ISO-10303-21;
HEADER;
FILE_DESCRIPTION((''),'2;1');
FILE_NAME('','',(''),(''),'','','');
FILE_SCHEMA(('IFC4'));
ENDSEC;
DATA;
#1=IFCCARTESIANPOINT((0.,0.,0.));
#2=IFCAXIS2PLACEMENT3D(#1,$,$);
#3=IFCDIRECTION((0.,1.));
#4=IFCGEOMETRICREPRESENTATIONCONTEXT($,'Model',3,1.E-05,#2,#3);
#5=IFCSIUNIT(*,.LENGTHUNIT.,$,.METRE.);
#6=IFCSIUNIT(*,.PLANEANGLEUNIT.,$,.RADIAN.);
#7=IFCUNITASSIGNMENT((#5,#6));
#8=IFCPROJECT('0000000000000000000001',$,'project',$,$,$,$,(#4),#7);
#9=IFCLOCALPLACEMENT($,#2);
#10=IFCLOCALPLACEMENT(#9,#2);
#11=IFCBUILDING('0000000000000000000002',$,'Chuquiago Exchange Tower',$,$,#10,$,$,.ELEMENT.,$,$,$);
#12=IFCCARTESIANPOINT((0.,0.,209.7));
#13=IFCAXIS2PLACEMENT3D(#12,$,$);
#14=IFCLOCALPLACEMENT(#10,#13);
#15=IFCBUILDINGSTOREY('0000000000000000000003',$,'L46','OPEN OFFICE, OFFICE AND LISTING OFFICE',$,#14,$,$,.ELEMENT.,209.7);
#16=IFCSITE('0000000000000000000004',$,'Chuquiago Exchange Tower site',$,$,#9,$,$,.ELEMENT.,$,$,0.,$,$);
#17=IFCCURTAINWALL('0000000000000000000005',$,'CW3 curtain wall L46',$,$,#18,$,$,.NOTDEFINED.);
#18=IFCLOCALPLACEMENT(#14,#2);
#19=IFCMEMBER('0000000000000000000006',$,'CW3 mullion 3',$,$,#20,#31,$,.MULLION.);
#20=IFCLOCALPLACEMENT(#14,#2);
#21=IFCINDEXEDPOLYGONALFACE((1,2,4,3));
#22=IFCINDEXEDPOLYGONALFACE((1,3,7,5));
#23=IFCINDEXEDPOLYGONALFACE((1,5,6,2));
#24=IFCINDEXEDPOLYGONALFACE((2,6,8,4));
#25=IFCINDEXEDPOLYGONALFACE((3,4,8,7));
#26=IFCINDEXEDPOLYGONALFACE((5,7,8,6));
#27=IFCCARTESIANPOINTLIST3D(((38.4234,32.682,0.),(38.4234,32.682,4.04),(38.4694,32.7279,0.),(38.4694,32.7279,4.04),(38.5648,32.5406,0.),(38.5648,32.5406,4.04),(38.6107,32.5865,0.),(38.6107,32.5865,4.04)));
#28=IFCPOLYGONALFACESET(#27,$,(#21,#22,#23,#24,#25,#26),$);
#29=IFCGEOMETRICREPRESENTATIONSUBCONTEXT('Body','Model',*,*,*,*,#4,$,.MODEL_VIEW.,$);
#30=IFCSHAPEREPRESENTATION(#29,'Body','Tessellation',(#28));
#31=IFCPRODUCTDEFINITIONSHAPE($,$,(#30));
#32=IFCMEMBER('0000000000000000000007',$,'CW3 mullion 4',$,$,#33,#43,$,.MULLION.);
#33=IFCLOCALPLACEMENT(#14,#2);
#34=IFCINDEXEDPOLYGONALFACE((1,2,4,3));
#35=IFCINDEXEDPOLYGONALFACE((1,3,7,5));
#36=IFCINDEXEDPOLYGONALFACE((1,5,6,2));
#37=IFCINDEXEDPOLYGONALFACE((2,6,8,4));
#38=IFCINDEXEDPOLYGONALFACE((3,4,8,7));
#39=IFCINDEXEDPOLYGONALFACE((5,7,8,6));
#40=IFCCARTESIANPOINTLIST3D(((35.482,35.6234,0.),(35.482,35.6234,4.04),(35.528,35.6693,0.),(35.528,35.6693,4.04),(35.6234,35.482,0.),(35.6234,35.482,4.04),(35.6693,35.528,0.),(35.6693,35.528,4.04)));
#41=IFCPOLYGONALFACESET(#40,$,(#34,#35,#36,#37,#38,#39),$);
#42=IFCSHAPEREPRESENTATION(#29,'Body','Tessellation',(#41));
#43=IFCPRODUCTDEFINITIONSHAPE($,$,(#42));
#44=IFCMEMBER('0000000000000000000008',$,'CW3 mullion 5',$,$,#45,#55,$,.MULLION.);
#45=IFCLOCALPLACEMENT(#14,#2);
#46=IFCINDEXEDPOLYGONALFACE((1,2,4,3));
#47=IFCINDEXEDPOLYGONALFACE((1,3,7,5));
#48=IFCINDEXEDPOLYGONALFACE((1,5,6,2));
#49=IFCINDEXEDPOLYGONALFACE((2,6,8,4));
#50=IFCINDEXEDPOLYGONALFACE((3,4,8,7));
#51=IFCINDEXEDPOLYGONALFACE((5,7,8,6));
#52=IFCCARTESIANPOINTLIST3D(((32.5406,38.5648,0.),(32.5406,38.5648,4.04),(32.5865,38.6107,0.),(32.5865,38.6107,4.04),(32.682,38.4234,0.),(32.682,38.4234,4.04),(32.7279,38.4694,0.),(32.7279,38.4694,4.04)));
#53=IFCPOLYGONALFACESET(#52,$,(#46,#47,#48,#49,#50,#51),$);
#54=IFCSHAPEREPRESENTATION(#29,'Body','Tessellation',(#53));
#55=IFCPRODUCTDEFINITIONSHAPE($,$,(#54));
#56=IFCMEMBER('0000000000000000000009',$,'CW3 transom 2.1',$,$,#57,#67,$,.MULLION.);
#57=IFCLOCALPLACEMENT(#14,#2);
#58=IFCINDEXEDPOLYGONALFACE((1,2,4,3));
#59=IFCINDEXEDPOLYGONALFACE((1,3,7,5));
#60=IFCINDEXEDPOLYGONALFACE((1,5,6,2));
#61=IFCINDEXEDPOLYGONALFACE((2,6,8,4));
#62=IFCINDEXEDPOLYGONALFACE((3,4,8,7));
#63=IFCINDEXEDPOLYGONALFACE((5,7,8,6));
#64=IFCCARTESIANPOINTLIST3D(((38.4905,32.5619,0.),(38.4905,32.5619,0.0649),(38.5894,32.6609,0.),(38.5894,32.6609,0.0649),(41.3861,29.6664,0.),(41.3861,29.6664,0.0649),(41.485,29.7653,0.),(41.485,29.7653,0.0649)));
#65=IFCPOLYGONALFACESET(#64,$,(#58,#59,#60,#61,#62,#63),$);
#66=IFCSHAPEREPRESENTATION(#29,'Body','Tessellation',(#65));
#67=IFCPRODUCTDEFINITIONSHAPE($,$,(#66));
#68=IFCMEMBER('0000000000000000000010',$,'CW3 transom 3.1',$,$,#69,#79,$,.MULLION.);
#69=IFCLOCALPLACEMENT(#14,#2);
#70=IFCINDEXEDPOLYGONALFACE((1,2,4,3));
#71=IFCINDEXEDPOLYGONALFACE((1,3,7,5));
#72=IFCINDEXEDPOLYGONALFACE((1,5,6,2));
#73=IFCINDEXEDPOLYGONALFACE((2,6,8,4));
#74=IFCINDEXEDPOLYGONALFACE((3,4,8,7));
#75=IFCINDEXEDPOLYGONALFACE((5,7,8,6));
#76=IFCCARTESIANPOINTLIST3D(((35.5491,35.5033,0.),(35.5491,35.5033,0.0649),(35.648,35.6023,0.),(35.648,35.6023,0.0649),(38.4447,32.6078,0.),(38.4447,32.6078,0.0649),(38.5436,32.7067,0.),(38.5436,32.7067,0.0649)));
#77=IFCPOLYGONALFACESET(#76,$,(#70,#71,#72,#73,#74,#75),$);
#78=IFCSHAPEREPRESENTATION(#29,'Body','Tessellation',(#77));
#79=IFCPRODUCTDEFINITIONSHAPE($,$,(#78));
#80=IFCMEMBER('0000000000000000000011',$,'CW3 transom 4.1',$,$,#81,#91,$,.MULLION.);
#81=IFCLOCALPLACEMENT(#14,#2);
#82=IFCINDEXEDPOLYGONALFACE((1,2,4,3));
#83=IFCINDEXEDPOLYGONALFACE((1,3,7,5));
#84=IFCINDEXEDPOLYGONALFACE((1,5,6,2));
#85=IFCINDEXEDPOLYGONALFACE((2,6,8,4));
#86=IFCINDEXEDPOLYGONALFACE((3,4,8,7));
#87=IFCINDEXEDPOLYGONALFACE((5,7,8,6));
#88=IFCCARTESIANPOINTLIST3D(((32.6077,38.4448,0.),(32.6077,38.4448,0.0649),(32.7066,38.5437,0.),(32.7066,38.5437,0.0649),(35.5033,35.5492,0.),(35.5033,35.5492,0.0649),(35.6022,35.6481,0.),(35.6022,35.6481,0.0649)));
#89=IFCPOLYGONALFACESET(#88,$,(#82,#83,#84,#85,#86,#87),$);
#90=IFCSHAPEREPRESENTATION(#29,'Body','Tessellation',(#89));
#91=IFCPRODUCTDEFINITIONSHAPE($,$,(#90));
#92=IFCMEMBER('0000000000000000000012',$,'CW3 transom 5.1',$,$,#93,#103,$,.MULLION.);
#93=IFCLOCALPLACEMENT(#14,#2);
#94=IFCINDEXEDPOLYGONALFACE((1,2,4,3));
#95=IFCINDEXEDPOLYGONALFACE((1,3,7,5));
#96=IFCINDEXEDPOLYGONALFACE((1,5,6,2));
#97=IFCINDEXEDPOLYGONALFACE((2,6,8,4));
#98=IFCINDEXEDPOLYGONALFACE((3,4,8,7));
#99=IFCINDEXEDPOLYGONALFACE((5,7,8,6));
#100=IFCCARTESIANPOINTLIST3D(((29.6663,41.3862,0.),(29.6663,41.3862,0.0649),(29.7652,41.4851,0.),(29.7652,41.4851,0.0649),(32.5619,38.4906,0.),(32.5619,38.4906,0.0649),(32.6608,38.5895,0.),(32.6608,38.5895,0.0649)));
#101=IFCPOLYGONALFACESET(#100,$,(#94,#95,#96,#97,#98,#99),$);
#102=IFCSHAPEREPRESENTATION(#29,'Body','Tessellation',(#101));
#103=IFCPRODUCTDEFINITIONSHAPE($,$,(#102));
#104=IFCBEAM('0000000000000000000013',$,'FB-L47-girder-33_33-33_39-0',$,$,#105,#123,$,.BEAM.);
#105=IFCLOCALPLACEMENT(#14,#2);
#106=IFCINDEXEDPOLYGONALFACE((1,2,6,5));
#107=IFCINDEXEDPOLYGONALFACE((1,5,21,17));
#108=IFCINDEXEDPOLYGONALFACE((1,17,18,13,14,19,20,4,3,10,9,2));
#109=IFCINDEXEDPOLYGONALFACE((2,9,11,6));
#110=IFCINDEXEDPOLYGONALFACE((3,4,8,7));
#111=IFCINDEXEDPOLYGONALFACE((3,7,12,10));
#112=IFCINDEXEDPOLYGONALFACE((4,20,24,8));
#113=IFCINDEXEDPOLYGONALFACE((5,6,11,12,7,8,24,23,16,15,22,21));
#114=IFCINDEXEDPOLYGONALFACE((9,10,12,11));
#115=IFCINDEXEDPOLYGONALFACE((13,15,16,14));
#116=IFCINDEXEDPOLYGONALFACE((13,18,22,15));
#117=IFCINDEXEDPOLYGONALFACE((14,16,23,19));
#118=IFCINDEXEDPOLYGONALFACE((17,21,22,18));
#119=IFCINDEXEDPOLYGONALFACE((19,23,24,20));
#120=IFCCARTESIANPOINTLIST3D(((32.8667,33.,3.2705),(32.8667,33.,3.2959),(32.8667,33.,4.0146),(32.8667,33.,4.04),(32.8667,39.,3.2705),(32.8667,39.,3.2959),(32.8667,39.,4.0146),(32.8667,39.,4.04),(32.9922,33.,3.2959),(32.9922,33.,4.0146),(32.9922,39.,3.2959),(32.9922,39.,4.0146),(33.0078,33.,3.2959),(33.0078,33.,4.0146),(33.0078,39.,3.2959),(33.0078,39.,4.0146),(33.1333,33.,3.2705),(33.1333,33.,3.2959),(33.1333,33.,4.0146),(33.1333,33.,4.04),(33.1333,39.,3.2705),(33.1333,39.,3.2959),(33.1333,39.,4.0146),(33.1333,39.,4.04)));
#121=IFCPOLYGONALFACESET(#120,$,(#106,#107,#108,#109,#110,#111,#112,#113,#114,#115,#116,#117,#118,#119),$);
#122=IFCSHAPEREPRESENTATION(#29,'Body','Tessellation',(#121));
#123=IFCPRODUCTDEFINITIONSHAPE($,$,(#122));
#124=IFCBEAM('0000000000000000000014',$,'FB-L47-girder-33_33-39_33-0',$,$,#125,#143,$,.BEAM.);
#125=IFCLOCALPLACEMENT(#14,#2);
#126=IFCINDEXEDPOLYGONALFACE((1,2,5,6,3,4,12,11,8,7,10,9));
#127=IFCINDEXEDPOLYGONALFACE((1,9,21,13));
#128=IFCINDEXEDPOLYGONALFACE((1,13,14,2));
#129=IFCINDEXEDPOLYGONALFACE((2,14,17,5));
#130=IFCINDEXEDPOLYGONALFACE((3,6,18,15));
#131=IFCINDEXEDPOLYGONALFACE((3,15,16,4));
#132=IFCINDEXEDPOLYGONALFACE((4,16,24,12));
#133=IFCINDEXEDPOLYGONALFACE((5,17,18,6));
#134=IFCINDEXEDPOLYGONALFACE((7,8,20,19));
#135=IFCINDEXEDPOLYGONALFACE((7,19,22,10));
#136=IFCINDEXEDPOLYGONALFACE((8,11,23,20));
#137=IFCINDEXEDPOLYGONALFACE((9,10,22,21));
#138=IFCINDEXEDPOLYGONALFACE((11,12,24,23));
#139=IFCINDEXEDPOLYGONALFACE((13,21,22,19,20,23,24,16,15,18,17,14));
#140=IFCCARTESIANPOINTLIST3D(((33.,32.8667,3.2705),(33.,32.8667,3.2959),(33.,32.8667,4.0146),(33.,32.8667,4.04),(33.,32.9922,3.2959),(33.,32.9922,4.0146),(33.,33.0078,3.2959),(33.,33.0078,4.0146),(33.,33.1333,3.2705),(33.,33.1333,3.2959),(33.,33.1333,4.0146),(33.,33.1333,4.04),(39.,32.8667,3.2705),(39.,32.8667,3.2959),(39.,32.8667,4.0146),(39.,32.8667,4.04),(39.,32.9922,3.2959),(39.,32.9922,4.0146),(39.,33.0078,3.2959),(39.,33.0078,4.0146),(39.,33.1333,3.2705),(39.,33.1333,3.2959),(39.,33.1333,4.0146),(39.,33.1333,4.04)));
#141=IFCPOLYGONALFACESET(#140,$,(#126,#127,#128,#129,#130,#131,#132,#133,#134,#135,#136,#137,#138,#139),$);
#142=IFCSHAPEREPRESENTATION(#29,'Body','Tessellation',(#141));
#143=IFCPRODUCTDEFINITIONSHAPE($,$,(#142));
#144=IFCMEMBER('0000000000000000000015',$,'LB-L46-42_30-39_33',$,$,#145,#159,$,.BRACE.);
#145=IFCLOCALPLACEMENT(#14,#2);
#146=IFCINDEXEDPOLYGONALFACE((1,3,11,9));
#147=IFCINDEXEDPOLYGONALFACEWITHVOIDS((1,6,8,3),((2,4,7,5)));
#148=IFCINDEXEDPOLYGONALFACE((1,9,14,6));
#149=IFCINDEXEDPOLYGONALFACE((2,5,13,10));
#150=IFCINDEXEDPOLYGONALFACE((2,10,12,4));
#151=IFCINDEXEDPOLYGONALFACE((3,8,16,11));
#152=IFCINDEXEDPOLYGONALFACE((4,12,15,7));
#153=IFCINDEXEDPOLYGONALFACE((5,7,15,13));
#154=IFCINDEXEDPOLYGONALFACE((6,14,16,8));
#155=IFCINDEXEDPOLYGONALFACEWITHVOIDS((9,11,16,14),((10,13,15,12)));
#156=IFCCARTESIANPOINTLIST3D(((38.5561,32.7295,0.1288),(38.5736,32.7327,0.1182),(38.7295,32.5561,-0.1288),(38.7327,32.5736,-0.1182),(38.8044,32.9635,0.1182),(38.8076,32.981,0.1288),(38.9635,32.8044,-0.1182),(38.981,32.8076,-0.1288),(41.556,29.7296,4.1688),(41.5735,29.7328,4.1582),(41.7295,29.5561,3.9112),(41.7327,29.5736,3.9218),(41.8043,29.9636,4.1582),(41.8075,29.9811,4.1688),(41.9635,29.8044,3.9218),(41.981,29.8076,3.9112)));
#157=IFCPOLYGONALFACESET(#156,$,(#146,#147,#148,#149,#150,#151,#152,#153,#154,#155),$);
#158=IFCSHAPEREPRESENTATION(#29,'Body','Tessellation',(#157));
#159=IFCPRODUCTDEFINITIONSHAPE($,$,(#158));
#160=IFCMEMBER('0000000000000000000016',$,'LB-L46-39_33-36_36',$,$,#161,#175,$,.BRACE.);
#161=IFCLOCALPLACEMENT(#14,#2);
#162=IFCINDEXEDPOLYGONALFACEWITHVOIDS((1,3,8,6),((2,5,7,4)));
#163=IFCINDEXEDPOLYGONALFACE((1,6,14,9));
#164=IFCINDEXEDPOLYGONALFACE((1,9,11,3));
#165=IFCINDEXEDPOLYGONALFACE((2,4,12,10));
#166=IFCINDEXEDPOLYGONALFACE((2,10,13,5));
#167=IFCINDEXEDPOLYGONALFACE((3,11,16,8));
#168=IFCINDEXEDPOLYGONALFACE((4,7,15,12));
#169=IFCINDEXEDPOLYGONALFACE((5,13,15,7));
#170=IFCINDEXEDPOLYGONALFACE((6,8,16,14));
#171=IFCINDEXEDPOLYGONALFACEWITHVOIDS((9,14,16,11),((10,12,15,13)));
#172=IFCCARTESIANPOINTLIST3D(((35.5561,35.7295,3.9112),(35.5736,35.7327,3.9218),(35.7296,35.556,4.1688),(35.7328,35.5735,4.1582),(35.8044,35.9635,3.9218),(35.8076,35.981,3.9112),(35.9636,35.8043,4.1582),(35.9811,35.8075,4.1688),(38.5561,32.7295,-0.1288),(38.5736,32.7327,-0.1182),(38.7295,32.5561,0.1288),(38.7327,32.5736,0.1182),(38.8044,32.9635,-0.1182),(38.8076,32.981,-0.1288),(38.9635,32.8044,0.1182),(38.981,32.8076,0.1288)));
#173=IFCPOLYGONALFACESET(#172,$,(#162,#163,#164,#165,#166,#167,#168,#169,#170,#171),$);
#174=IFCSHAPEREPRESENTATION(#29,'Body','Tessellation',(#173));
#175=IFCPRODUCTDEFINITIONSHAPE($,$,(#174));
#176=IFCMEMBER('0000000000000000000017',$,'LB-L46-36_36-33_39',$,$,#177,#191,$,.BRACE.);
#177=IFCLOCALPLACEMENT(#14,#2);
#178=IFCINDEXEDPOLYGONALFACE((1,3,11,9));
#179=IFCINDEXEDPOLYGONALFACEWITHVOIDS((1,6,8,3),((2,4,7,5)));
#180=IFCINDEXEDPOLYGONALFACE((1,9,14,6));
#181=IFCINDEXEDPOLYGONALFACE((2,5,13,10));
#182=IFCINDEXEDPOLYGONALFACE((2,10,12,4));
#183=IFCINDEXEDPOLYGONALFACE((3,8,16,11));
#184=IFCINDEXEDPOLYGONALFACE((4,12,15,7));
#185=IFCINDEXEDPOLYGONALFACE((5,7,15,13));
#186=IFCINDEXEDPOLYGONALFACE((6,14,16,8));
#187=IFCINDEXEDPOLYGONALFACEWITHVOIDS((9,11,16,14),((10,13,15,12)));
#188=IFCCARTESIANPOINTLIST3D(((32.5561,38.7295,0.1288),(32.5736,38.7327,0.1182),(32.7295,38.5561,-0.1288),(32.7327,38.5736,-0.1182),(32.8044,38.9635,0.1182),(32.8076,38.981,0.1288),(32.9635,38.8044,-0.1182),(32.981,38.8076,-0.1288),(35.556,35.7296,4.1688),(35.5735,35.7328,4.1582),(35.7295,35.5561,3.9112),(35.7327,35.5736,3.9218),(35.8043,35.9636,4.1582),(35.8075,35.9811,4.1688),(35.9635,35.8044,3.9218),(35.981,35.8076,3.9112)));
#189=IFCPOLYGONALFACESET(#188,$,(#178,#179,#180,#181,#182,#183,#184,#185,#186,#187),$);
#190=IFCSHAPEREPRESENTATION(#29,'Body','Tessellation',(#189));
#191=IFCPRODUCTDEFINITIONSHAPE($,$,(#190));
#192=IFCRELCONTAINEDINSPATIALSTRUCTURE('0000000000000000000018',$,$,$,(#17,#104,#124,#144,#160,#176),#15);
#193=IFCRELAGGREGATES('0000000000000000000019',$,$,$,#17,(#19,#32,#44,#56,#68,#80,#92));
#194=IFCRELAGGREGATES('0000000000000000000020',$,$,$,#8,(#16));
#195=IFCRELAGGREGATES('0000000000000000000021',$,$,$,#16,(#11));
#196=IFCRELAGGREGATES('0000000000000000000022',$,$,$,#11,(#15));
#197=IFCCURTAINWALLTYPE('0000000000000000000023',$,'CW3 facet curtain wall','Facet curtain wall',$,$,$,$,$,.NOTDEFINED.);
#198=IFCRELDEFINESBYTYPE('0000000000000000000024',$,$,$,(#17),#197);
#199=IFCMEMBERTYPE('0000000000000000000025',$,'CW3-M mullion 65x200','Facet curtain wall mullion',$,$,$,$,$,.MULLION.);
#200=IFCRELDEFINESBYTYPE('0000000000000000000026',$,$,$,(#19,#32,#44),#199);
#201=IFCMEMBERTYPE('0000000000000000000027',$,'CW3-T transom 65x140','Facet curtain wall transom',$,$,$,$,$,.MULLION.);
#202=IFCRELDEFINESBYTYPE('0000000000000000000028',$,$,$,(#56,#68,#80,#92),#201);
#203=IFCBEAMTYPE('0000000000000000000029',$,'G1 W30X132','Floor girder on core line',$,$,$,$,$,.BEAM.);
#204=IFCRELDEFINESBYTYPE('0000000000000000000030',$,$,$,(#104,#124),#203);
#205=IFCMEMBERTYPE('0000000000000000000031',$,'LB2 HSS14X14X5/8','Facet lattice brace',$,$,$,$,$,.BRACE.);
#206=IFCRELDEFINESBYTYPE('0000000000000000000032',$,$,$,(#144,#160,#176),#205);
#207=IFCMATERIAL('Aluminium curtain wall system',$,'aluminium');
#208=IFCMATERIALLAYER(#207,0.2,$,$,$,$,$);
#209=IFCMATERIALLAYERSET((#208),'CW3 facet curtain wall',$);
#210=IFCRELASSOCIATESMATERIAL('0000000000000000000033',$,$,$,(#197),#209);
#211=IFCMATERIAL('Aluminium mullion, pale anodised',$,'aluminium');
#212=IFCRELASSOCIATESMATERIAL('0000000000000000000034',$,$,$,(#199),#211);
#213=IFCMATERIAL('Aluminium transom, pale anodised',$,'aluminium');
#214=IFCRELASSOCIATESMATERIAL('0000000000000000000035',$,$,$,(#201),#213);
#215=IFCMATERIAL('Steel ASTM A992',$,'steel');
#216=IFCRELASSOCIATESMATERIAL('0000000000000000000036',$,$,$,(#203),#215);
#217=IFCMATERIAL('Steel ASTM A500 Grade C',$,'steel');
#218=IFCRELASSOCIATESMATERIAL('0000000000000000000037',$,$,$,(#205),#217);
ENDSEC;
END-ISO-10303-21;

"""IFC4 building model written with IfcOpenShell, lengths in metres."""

from ifc_helpers import new_model, si_unit, direction, frame, origin, origin_2d, place, context, subcontext, project, spatial, rectangle, hollow_rectangle, i_section, extrude, material, layer, layer_set, material_profile, profile_set, type_object, element, aggregate, save


model = new_model("IFC4")

# Units and contexts
model_context = context("Model", 3, precision=1e-05, world=origin(), true_north=direction((0.0, 1.0)))
body_context = subcontext(model_context, "Body", "Model", "MODEL_VIEW")
ifc_project = project(units=[si_unit("LENGTHUNIT", "METRE"), si_unit("PLANEANGLEUNIT", "RADIAN")], contexts=[model_context])

# Site, building, storey
site_placement = place(None, origin())
site = spatial("IfcSite", under=ifc_project, at=site_placement, Name="Chuquiago Exchange Tower site", CompositionType="ELEMENT", RefElevation=0.0)
building_placement = place(site_placement, origin())
building = spatial("IfcBuilding", under=site, at=building_placement, Name="Chuquiago Exchange Tower", CompositionType="ELEMENT")
storey_placement = place(building_placement, frame((0.0, 0.0, 209.7)))
storey = spatial("IfcBuildingStorey", under=building, at=storey_placement, Name="L46", Description="OPEN OFFICE, OFFICE AND LISTING OFFICE", CompositionType="ELEMENT", Elevation=209.7)

# Curtain wall, members
ifc_material_1 = material(Name="Aluminium curtain wall system", Category="aluminium")
ifc_layer_1 = layer(ifc_material_1, 0.2)
ifc_layer_set_1 = layer_set([ifc_layer_1], Name="CW3 facet curtain wall")
curtain_wall_type = type_object("IfcCurtainWallType", Name="CW3 facet curtain wall", Description="Facet curtain wall", PredefinedType="NOTDEFINED", material=ifc_layer_set_1)
curtain_wall_placement = place(storey_placement, origin())
curtain_wall = element("IfcCurtainWall", 1, at=curtain_wall_placement, inside=storey, type_object=curtain_wall_type, Name="CW3 curtain wall L46", PredefinedType="NOTDEFINED")
ifc_material_2 = material(Name="Aluminium mullion, pale anodised", Category="aluminium")
ifc_material_profile_1 = material_profile(ifc_material_2, rectangle(XDim=0.0649, YDim=0.2, at=origin_2d()), Name="AL 65x200")
ifc_profile_set_1 = profile_set([ifc_material_profile_1], Name="Aluminium mullion, pale anodised")
member_type_1 = type_object("IfcMemberType", Name="CW3-M mullion 65x200", Description="Facet curtain wall mullion", PredefinedType="MULLION", material=ifc_profile_set_1)
member_1_placement = place(storey_placement, frame((38.5171, 32.6343, 0.0), z_axis=(0.0, 0.0, 1.0), x_axis=(-0.707107, -0.707107, 0.0)))
member_1 = element("IfcMember", 2, at=member_1_placement, type_object=member_type_1, Name="CW3 mullion 3", PredefinedType="MULLION", context=body_context, shape_type="SweptSolid", body=[
    extrude(rectangle(XDim=0.0649, YDim=0.2, at=origin_2d()), origin(), (0.0, 0.0, 1.0), 4.04),
])
member_2_placement = place(storey_placement, frame((35.5757, 35.5757, 0.0), z_axis=(0.0, 0.0, 1.0), x_axis=(-0.707107, -0.707107, 0.0)))
member_2 = element("IfcMember", 3, at=member_2_placement, type_object=member_type_1, Name="CW3 mullion 4", PredefinedType="MULLION", context=body_context, shape_type="SweptSolid", body=[
    extrude(rectangle(XDim=0.0649, YDim=0.2, at=origin_2d()), origin(), (0.0, 0.0, 1.0), 4.04),
])
member_3_placement = place(storey_placement, frame((32.6343, 38.5171, 0.0), z_axis=(0.0, 0.0, 1.0), x_axis=(-0.707107, -0.707107, 0.0)))
member_3 = element("IfcMember", 4, at=member_3_placement, type_object=member_type_1, Name="CW3 mullion 5", PredefinedType="MULLION", context=body_context, shape_type="SweptSolid", body=[
    extrude(rectangle(XDim=0.0649, YDim=0.2, at=origin_2d()), origin(), (0.0, 0.0, 1.0), 4.04),
])
ifc_material_3 = material(Name="Aluminium transom, pale anodised", Category="aluminium")
ifc_material_profile_2 = material_profile(ifc_material_3, rectangle(XDim=0.1399, YDim=0.0649, at=origin_2d()), Name="AL 140x65")
ifc_profile_set_2 = profile_set([ifc_material_profile_2], Name="Aluminium transom, pale anodised")
member_type_2 = type_object("IfcMemberType", Name="CW3-T transom 65x140", Description="Facet curtain wall transom", PredefinedType="MULLION", material=ifc_profile_set_2)
member_4_placement = place(storey_placement, frame((41.4355, 29.7158, 0.0325), z_axis=(-0.707107, 0.707107, 0.0), x_axis=(-0.707107, -0.707107, 0.0)))
member_4 = element("IfcMember", 5, at=member_4_placement, type_object=member_type_2, Name="CW3 transom 2.1", PredefinedType="MULLION", context=body_context, shape_type="SweptSolid", body=[
    extrude(rectangle(XDim=0.1399, YDim=0.0649, at=origin_2d()), origin(), (0.0, 0.0, 1.0), 4.095),
])
member_5_placement = place(storey_placement, frame((38.4941, 32.6572, 0.0325), z_axis=(-0.707107, 0.707107, 0.0), x_axis=(-0.707107, -0.707107, 0.0)))
member_5 = element("IfcMember", 6, at=member_5_placement, type_object=member_type_2, Name="CW3 transom 3.1", PredefinedType="MULLION", context=body_context, shape_type="SweptSolid", body=[
    extrude(rectangle(XDim=0.1399, YDim=0.0649, at=origin_2d()), origin(), (0.0, 0.0, 1.0), 4.095),
])
member_6_placement = place(storey_placement, frame((35.5527, 35.5986, 0.0325), z_axis=(-0.707107, 0.707107, 0.0), x_axis=(-0.707107, -0.707107, 0.0)))
member_6 = element("IfcMember", 7, at=member_6_placement, type_object=member_type_2, Name="CW3 transom 4.1", PredefinedType="MULLION", context=body_context, shape_type="SweptSolid", body=[
    extrude(rectangle(XDim=0.1399, YDim=0.0649, at=origin_2d()), origin(), (0.0, 0.0, 1.0), 4.095),
])
member_7_placement = place(storey_placement, frame((32.6113, 38.54, 0.0325), z_axis=(-0.707107, 0.707107, 0.0), x_axis=(-0.707107, -0.707107, 0.0)))
member_7 = element("IfcMember", 8, at=member_7_placement, type_object=member_type_2, Name="CW3 transom 5.1", PredefinedType="MULLION", context=body_context, shape_type="SweptSolid", body=[
    extrude(rectangle(XDim=0.1399, YDim=0.0649, at=origin_2d()), origin(), (0.0, 0.0, 1.0), 4.095),
])

# Beams
ifc_material_4 = material(Name="Steel ASTM A992", Category="steel")
ifc_material_profile_3 = material_profile(ifc_material_4, i_section(OverallWidth=0.2666, OverallDepth=0.7695, WebThickness=0.0156, FlangeThickness=0.0254, at=origin_2d()), Name="W30X132")
ifc_profile_set_3 = profile_set([ifc_material_profile_3], Name="Steel ASTM A992")
beam_type_1 = type_object("IfcBeamType", Name="G1 W30X132", Description="Floor girder on core line", PredefinedType="BEAM", material=ifc_profile_set_3)
for number, where, z_axis, x_axis, name in (
    (9, (33.0, 33.0, 3.6553), (0.0, 1.0, 0.0), (-1.0, 0.0, 0.0), "FB-L47-girder-33_33-33_39-0"),
    (10, (33.0, 33.0, 3.6553), (1.0, 0.0, 0.0), (0.0, 1.0, 0.0), "FB-L47-girder-33_33-39_33-0"),
):
    element("IfcBeam", number, at=place(storey_placement, frame(where, z_axis=z_axis, x_axis=x_axis)), inside=storey, type_object=beam_type_1, Name=name, PredefinedType="BEAM", context=body_context, shape_type="SweptSolid", body=[
        extrude(i_section(OverallWidth=0.2666, OverallDepth=0.7695, WebThickness=0.0156, FlangeThickness=0.0254, at=origin_2d()), origin(), (0.0, 0.0, 1.0), 6.0),
    ])

# Members
ifc_material_5 = material(Name="Steel ASTM A500 Grade C", Category="steel")
ifc_material_profile_4 = material_profile(ifc_material_5, hollow_rectangle(XDim=0.3557, YDim=0.3557, WallThickness=0.0146, at=origin_2d()), Name="HSS14X14X5/8")
ifc_profile_set_4 = profile_set([ifc_material_profile_4], Name="Steel ASTM A500 Grade C")
member_type_3 = type_object("IfcMemberType", Name="LB2 HSS14X14X5/8", Description="Facet lattice brace", PredefinedType="BRACE", material=ifc_profile_set_4)
for number, where, z_axis, x_axis, name in (
    (11, (38.7686, 32.7686, 0.0), (0.512077, -0.512077, 0.689604), (0.707107, 0.707107, 0.0), "LB-L46-42_30-39_33"),
    (12, (38.7686, 32.7686, 0.0), (-0.512077, 0.512077, 0.689604), (-0.707107, -0.707107, 0.0), "LB-L46-39_33-36_36"),
    (13, (32.7686, 38.7686, 0.0), (0.512077, -0.512077, 0.689604), (0.707107, 0.707107, 0.0), "LB-L46-36_36-33_39"),
):
    element("IfcMember", number, at=place(storey_placement, frame(where, z_axis=z_axis, x_axis=x_axis)), inside=storey, type_object=member_type_3, Name=name, PredefinedType="BRACE", context=body_context, shape_type="SweptSolid", body=[
        extrude(hollow_rectangle(XDim=0.3557, YDim=0.3557, WallThickness=0.0146, at=origin_2d()), origin(), (0.0, 0.0, 1.0), 5.8584),
    ])

aggregate(curtain_wall, [member_1, member_2, member_3, member_4, member_5, member_6, member_7])

save(model, "model.ifc")
